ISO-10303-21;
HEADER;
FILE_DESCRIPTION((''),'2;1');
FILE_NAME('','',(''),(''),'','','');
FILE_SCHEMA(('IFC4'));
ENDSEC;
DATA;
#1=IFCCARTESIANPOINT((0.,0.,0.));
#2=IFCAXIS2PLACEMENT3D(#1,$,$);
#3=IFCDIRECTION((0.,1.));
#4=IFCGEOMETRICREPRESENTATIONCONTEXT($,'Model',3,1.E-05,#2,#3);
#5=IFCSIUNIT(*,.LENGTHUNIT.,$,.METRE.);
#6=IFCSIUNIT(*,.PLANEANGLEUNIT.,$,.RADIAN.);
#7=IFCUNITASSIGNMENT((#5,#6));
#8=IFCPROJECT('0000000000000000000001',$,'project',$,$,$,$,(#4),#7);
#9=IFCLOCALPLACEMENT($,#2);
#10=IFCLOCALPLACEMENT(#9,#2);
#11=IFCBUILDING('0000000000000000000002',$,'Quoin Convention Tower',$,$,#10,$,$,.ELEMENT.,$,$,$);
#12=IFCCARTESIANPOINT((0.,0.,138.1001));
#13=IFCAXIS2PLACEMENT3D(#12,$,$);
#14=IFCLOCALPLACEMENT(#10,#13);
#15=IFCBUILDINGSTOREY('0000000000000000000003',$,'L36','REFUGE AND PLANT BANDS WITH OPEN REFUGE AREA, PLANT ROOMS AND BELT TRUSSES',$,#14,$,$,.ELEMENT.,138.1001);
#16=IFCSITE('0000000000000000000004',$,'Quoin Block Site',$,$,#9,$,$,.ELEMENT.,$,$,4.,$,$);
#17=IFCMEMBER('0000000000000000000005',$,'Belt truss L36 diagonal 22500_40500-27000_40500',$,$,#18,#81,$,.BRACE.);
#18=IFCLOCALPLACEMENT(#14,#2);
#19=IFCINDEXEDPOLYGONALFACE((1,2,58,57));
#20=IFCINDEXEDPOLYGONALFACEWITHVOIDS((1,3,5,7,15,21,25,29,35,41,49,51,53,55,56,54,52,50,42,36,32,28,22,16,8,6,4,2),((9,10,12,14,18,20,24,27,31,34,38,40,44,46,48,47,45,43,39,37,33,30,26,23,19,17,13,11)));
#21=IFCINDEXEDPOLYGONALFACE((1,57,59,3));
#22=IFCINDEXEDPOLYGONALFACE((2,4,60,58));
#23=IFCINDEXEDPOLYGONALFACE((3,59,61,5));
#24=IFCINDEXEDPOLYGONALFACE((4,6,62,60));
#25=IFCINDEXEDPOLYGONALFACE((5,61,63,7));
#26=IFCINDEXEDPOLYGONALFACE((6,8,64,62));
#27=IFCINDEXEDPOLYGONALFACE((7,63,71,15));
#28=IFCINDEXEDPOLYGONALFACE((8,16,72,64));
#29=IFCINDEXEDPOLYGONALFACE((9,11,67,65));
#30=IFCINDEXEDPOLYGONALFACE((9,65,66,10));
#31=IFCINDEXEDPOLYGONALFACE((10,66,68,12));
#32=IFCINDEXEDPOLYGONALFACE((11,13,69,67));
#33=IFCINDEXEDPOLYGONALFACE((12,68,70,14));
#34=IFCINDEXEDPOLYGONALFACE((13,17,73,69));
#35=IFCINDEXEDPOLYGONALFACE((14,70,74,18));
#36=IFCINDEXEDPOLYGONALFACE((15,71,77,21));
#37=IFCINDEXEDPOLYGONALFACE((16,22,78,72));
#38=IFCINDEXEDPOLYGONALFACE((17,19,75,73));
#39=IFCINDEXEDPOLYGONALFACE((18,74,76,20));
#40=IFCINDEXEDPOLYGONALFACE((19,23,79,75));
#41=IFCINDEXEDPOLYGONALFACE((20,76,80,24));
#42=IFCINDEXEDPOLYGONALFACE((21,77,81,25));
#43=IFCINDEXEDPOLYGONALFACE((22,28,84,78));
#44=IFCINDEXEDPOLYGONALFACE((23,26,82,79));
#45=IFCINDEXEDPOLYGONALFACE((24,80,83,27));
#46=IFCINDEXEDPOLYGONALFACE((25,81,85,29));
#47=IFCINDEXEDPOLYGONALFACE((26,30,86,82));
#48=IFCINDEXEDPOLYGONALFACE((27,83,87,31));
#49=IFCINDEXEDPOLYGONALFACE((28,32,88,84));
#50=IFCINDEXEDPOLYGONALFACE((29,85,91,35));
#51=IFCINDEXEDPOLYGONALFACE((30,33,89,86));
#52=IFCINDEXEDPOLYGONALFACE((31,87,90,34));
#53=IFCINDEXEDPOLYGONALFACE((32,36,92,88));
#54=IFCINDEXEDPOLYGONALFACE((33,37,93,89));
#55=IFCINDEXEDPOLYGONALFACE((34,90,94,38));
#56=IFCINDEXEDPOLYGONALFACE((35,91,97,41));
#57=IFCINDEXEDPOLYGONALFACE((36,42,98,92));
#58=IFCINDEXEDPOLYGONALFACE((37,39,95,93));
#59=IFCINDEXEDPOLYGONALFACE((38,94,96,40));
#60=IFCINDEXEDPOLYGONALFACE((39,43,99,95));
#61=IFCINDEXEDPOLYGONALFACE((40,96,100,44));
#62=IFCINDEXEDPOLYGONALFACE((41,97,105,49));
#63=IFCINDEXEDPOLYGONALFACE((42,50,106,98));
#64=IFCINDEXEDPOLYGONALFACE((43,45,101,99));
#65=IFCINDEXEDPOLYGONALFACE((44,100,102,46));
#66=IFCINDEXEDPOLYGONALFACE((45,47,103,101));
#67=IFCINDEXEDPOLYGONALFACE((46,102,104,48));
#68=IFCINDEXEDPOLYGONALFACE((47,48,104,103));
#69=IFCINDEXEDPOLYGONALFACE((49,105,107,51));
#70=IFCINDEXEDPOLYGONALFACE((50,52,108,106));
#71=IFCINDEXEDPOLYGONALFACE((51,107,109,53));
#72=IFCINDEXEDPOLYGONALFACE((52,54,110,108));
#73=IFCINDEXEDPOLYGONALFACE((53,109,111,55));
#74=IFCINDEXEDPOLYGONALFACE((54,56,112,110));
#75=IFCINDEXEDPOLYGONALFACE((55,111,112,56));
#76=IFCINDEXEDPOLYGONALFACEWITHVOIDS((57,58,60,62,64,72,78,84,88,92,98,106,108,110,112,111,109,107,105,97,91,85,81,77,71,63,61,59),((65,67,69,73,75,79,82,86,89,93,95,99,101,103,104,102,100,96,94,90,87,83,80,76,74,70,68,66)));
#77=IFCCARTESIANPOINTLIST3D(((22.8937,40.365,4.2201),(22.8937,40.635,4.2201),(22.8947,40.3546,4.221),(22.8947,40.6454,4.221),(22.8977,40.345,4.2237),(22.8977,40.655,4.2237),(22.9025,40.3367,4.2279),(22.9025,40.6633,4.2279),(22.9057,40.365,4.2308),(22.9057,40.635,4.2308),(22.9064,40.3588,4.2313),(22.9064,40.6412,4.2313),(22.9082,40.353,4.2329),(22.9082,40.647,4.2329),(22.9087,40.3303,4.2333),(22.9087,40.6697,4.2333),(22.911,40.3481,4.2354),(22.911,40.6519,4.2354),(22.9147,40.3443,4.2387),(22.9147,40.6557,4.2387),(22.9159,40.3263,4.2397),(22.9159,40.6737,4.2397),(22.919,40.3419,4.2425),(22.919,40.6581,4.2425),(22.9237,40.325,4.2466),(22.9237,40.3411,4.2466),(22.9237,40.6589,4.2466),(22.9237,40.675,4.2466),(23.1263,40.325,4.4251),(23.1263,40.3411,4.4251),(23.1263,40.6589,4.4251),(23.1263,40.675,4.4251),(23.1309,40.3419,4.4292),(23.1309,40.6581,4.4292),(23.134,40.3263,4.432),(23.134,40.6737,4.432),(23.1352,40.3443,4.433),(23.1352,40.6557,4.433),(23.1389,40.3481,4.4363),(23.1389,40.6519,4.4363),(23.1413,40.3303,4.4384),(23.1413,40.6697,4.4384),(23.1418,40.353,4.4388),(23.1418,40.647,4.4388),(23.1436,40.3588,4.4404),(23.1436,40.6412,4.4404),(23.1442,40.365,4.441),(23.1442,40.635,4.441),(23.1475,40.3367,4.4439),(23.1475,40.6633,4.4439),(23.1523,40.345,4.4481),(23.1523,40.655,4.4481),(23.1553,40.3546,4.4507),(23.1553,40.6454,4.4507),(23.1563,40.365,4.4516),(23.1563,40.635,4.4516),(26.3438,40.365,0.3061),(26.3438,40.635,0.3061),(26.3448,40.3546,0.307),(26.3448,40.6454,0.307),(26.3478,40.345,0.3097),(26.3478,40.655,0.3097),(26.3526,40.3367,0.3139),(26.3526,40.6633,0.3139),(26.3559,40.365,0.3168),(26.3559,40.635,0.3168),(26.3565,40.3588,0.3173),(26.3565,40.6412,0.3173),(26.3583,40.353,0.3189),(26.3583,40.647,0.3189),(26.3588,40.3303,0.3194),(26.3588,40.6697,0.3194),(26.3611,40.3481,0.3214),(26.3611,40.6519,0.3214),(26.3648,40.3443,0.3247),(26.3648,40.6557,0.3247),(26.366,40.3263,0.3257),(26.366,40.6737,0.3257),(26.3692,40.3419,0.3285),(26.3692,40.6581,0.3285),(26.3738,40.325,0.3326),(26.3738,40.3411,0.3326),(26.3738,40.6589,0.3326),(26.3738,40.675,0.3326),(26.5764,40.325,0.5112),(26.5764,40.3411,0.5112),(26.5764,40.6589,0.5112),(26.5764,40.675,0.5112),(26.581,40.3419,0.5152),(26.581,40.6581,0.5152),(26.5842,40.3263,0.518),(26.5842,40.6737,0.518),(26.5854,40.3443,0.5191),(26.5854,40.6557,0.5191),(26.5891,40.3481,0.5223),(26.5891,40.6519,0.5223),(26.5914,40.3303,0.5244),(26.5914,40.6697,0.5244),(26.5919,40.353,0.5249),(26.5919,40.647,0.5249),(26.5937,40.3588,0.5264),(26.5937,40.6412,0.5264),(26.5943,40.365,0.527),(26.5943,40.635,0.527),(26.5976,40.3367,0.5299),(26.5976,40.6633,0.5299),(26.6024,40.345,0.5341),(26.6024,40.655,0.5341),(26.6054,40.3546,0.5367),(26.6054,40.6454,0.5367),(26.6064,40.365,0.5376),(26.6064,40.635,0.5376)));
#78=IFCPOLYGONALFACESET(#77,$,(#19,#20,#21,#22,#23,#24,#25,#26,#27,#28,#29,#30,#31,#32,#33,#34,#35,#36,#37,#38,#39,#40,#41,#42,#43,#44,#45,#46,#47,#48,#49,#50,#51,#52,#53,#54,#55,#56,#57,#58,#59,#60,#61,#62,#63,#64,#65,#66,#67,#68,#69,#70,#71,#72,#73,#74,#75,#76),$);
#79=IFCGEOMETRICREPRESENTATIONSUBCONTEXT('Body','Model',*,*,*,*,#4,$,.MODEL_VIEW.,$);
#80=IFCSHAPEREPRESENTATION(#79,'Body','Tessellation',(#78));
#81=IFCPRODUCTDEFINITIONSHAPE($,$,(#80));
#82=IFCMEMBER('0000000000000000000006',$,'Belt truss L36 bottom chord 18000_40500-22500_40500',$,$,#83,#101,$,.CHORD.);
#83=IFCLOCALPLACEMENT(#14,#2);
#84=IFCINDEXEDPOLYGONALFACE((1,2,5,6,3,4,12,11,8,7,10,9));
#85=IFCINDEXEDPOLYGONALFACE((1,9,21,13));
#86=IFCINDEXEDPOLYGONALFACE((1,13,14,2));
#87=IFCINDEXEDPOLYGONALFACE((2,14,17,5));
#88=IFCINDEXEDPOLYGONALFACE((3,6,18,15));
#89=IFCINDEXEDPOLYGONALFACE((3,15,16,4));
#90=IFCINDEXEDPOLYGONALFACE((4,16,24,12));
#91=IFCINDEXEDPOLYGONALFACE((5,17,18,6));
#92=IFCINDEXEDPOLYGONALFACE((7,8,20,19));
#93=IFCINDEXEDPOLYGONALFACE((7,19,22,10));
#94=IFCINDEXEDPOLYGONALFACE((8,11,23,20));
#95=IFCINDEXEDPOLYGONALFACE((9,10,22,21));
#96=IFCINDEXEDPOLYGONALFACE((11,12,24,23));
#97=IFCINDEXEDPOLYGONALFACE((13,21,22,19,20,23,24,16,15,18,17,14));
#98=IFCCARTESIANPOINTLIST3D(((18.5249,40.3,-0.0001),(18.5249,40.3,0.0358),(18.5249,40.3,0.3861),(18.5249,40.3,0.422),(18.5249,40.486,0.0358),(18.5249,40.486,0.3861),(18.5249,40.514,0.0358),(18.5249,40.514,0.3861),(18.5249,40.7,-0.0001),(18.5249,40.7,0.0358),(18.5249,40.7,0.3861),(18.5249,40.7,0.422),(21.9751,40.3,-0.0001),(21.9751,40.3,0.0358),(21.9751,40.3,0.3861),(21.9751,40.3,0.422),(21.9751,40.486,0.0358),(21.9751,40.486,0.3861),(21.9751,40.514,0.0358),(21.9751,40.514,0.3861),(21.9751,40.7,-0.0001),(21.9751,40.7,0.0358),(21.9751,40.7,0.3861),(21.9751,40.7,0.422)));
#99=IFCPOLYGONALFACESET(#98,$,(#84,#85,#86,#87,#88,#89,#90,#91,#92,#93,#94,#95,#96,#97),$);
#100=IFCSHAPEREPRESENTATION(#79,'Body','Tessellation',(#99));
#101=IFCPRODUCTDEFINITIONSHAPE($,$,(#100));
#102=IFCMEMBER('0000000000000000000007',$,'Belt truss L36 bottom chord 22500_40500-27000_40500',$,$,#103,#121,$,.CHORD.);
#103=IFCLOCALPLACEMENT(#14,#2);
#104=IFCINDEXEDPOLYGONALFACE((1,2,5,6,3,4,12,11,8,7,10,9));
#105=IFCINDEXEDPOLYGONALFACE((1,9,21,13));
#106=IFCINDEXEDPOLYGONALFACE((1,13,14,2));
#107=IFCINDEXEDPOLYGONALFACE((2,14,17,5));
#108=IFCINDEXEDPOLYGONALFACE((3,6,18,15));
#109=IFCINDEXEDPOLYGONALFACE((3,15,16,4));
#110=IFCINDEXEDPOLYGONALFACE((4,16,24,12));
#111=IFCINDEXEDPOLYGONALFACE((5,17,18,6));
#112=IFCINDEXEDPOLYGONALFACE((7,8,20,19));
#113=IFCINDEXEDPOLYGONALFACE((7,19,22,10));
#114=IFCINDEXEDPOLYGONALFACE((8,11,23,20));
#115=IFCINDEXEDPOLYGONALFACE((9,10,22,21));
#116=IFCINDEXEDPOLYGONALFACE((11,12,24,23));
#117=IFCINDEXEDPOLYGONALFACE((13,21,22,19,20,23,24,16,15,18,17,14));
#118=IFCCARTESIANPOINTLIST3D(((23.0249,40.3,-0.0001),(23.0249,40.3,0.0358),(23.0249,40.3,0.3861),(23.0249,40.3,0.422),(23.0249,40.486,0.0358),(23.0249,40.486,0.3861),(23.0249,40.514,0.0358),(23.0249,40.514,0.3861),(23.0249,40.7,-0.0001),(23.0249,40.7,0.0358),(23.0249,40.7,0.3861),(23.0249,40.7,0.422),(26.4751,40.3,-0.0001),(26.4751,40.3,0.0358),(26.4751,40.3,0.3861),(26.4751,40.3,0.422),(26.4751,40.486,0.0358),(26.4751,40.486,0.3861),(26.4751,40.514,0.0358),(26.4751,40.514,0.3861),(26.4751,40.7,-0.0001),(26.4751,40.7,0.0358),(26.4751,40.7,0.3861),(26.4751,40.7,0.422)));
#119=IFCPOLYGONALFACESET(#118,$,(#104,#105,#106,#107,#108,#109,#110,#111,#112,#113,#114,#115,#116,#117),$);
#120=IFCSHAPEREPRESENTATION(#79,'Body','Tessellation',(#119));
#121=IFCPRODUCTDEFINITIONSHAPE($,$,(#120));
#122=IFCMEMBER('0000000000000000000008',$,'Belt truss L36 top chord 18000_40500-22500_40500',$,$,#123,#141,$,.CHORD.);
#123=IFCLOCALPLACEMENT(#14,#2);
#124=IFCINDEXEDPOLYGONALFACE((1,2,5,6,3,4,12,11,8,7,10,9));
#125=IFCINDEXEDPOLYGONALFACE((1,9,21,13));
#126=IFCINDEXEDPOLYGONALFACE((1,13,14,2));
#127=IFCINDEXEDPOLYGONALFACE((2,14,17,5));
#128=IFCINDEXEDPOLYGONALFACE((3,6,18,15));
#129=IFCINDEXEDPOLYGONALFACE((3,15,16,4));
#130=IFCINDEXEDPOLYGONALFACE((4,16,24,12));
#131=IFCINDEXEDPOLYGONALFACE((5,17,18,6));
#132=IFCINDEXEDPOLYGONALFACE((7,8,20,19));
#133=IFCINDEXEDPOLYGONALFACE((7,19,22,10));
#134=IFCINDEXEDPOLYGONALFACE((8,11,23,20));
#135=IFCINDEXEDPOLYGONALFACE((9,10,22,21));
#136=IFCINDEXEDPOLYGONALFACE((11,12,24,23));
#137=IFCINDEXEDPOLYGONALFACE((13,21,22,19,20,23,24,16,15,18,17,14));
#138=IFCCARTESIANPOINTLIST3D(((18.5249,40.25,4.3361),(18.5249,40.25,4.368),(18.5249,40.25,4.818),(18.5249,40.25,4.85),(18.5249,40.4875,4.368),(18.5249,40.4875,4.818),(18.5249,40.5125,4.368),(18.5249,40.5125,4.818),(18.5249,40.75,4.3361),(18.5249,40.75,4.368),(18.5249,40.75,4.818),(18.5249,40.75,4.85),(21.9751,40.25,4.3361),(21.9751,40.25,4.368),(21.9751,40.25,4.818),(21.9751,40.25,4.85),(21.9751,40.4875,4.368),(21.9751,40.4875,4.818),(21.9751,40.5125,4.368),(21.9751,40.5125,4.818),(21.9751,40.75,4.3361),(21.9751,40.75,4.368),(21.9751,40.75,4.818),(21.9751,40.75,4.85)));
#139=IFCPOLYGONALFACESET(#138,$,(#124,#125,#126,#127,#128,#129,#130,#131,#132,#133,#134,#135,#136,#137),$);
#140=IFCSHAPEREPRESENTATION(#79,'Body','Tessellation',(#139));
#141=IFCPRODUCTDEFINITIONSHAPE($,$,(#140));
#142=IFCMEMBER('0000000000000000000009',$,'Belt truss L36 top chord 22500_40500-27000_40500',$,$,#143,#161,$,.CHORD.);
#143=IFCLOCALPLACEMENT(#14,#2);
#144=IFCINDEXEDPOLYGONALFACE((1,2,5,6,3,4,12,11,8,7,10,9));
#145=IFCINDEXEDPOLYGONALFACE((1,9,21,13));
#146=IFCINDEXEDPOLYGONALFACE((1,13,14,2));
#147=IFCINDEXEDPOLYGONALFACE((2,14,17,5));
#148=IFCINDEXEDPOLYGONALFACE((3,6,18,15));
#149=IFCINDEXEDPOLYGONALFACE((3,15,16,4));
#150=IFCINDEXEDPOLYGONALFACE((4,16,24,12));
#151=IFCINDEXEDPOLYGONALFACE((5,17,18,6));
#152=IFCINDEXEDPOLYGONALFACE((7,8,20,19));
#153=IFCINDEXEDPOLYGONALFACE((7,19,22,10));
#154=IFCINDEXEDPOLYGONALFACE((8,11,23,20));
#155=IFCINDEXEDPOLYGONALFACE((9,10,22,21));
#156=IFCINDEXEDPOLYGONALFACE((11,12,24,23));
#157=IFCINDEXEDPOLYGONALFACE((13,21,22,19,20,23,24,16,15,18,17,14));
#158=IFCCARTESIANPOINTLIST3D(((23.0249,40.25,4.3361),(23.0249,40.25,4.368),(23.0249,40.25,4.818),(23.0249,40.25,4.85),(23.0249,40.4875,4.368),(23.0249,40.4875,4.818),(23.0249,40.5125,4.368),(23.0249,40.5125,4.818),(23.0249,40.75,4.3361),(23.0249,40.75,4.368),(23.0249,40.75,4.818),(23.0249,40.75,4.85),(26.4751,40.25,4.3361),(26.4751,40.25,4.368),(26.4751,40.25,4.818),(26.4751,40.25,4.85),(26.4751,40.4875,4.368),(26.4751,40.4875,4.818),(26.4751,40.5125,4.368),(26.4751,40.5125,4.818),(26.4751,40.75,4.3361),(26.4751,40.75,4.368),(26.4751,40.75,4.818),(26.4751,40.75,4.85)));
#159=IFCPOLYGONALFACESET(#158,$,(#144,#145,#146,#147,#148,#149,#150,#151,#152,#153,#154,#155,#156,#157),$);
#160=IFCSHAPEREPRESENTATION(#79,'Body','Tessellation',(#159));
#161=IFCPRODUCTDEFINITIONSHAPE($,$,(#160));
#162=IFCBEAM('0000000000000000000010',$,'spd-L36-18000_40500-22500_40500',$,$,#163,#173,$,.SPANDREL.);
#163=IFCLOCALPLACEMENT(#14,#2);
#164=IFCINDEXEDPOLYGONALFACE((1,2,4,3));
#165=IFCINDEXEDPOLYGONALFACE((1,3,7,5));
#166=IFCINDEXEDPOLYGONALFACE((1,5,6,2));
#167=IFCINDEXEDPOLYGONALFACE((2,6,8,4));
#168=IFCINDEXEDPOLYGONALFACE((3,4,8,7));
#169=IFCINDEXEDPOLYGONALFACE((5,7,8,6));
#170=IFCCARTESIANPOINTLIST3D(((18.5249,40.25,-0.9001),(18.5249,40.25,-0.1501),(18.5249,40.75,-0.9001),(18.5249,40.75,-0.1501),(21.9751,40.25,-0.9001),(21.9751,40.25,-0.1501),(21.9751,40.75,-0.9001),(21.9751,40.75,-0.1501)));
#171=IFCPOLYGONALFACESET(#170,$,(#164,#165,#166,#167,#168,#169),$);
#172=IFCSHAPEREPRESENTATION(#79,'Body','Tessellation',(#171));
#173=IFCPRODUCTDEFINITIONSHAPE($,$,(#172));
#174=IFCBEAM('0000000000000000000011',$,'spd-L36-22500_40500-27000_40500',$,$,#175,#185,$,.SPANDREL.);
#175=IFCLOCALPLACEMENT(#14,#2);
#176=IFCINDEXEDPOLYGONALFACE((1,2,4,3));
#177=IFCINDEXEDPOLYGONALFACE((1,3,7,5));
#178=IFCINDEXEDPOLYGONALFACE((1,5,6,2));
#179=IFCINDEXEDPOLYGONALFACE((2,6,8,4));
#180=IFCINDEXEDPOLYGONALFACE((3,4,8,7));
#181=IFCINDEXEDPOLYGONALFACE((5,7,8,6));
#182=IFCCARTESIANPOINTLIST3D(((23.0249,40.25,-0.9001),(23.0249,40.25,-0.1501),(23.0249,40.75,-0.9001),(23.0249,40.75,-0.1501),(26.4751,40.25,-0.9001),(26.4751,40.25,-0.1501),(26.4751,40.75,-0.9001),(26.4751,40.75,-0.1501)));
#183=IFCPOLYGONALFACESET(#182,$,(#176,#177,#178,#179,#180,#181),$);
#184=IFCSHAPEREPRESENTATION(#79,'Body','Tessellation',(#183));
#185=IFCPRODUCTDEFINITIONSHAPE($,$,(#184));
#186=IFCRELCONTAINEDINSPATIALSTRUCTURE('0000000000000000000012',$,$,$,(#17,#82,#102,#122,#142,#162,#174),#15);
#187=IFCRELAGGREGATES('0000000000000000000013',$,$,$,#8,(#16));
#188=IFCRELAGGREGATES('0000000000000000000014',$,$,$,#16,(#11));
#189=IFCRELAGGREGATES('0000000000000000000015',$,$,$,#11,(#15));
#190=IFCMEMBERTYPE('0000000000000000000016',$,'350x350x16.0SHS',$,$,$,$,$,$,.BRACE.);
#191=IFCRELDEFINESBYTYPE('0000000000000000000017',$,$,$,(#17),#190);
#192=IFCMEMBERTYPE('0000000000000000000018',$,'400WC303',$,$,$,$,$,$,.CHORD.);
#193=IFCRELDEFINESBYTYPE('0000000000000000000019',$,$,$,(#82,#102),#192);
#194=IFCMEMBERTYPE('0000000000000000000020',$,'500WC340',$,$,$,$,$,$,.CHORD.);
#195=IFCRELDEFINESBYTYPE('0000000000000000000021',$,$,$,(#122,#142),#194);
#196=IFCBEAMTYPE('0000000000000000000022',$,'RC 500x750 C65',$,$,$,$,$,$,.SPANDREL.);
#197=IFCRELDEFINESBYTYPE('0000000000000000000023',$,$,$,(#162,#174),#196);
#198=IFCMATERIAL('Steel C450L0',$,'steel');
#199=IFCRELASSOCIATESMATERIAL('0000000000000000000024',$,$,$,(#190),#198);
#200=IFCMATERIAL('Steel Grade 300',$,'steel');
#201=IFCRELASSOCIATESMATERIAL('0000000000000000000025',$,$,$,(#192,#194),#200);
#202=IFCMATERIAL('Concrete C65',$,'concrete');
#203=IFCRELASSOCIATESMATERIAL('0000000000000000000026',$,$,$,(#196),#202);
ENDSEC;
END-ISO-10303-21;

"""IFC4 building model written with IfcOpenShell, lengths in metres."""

from ifc_helpers import new_model, si_unit, direction, frame, origin, origin_2d, place, context, subcontext, project, spatial, rectangle, hollow_rectangle, i_section, extrude, material, material_profile, profile_set, type_object, element, save


model = new_model("IFC4")

# Units and contexts
model_context = context("Model", 3, precision=1e-05, world=origin(), true_north=direction((0.0, 1.0)))
body_context = subcontext(model_context, "Body", "Model", "MODEL_VIEW")
ifc_project = project(units=[si_unit("LENGTHUNIT", "METRE"), si_unit("PLANEANGLEUNIT", "RADIAN")], contexts=[model_context])

# Site, building, storey
site_placement = place(None, origin())
site = spatial("IfcSite", under=ifc_project, at=site_placement, Name="Quoin Block Site", CompositionType="ELEMENT", RefElevation=4.0)
building_placement = place(site_placement, origin())
building = spatial("IfcBuilding", under=site, at=building_placement, Name="Quoin Convention Tower", CompositionType="ELEMENT")
storey_placement = place(building_placement, frame((0.0, 0.0, 138.1001)))
storey = spatial("IfcBuildingStorey", under=building, at=storey_placement, Name="L36", Description="REFUGE AND PLANT BANDS WITH OPEN REFUGE AREA, PLANT ROOMS AND BELT TRUSSES", CompositionType="ELEMENT", Elevation=138.1001)

# Shared definitions
ifc_material_1 = material(Name="Concrete C65", Category="concrete")

# Shared definitions
ifc_material_2 = material(Name="Steel C450L0", Category="steel")

# Members
ifc_material_profile_1 = material_profile(ifc_material_2, hollow_rectangle(XDim=0.3501, YDim=0.3501, WallThickness=0.0161, InnerFilletRadius=0.0239, OuterFilletRadius=0.04, at=origin_2d()), Name="350x350x16.0SHS")
ifc_profile_set_1 = profile_set([ifc_material_profile_1], Name="Steel C450L0")
member_type_1 = type_object("IfcMemberType", Name="350x350x16.0SHS", PredefinedType="BRACE", material=ifc_profile_set_1)
for number, where, z_axis, x_axis, name in (
    (1, (26.4751, 40.5, 0.4219), (-0.661256, 0.0, 0.75016), (0.0, -1.0, 0.0), "Belt truss L36 diagonal 22500_40500-27000_40500"),
):
    element("IfcMember", number, at=place(storey_placement, frame(where, z_axis=z_axis, x_axis=x_axis)), inside=storey, type_object=member_type_1, Name=name, PredefinedType="BRACE", context=body_context, shape_type="SweptSolid", body=[
        extrude(hollow_rectangle(XDim=0.3501, YDim=0.3501, WallThickness=0.0161, InnerFilletRadius=0.0239, OuterFilletRadius=0.04, at=origin_2d()), origin(), (0.0, 0.0, 1.0), 5.2175),
    ])
ifc_material_3 = material(Name="Steel Grade 300", Category="steel")
ifc_material_profile_2 = material_profile(ifc_material_3, i_section(OverallWidth=0.3999, OverallDepth=0.4221, WebThickness=0.0281, FlangeThickness=0.0359, at=origin_2d()), Name="400WC303")
ifc_profile_set_2 = profile_set([ifc_material_profile_2], Name="Steel Grade 300")
member_type_2 = type_object("IfcMemberType", Name="400WC303", PredefinedType="CHORD", material=ifc_profile_set_2)
for number, where, z_axis, x_axis, name in (
    (2, (18.5249, 40.5, 0.2109), (1.0, 0.0, 0.0), (0.0, 1.0, 0.0), "Belt truss L36 bottom chord 18000_40500-22500_40500"),
    (3, (23.0249, 40.5, 0.2109), (1.0, 0.0, 0.0), (0.0, 1.0, 0.0), "Belt truss L36 bottom chord 22500_40500-27000_40500"),
):
    element("IfcMember", number, at=place(storey_placement, frame(where, z_axis=z_axis, x_axis=x_axis)), inside=storey, type_object=member_type_2, Name=name, PredefinedType="CHORD", context=body_context, shape_type="SweptSolid", body=[
        extrude(i_section(OverallWidth=0.3999, OverallDepth=0.4221, WebThickness=0.0281, FlangeThickness=0.0359, at=origin_2d()), origin(), (0.0, 0.0, 1.0), 3.4502),
    ])
ifc_material_profile_3 = material_profile(ifc_material_3, i_section(OverallWidth=0.5, OverallDepth=0.5139, WebThickness=0.0249, FlangeThickness=0.032, at=origin_2d()), Name="500WC340")
ifc_profile_set_3 = profile_set([ifc_material_profile_3], Name="Steel Grade 300")
member_type_3 = type_object("IfcMemberType", Name="500WC340", PredefinedType="CHORD", material=ifc_profile_set_3)
for number, where, z_axis, x_axis, name in (
    (4, (18.5249, 40.5, 4.593), (1.0, 0.0, 0.0), (0.0, 1.0, 0.0), "Belt truss L36 top chord 18000_40500-22500_40500"),
    (5, (23.0249, 40.5, 4.593), (1.0, 0.0, 0.0), (0.0, 1.0, 0.0), "Belt truss L36 top chord 22500_40500-27000_40500"),
):
    element("IfcMember", number, at=place(storey_placement, frame(where, z_axis=z_axis, x_axis=x_axis)), inside=storey, type_object=member_type_3, Name=name, PredefinedType="CHORD", context=body_context, shape_type="SweptSolid", body=[
        extrude(i_section(OverallWidth=0.5, OverallDepth=0.5139, WebThickness=0.0249, FlangeThickness=0.032, at=origin_2d()), origin(), (0.0, 0.0, 1.0), 3.4502),
    ])

# Beams
ifc_material_profile_4 = material_profile(ifc_material_1, rectangle(XDim=0.5, YDim=0.75, at=origin_2d()), Name="RC 500x750")
ifc_profile_set_4 = profile_set([ifc_material_profile_4], Name="Concrete C65")
beam_type_1 = type_object("IfcBeamType", Name="RC 500x750 C65", PredefinedType="SPANDREL", material=ifc_profile_set_4)
for number, where, z_axis, x_axis, name in (
    (6, (18.5249, 40.5, -0.5251), (1.0, 0.0, 0.0), (0.0, 1.0, 0.0), "spd-L36-18000_40500-22500_40500"),
    (7, (23.0249, 40.5, -0.5251), (1.0, 0.0, 0.0), (0.0, 1.0, 0.0), "spd-L36-22500_40500-27000_40500"),
):
    element("IfcBeam", number, at=place(storey_placement, frame(where, z_axis=z_axis, x_axis=x_axis)), inside=storey, type_object=beam_type_1, Name=name, PredefinedType="SPANDREL", context=body_context, shape_type="SweptSolid", body=[
        extrude(rectangle(XDim=0.5, YDim=0.75, at=origin_2d()), origin(), (0.0, 0.0, 1.0), 3.4502),
    ])

save(model, "model.ifc")
